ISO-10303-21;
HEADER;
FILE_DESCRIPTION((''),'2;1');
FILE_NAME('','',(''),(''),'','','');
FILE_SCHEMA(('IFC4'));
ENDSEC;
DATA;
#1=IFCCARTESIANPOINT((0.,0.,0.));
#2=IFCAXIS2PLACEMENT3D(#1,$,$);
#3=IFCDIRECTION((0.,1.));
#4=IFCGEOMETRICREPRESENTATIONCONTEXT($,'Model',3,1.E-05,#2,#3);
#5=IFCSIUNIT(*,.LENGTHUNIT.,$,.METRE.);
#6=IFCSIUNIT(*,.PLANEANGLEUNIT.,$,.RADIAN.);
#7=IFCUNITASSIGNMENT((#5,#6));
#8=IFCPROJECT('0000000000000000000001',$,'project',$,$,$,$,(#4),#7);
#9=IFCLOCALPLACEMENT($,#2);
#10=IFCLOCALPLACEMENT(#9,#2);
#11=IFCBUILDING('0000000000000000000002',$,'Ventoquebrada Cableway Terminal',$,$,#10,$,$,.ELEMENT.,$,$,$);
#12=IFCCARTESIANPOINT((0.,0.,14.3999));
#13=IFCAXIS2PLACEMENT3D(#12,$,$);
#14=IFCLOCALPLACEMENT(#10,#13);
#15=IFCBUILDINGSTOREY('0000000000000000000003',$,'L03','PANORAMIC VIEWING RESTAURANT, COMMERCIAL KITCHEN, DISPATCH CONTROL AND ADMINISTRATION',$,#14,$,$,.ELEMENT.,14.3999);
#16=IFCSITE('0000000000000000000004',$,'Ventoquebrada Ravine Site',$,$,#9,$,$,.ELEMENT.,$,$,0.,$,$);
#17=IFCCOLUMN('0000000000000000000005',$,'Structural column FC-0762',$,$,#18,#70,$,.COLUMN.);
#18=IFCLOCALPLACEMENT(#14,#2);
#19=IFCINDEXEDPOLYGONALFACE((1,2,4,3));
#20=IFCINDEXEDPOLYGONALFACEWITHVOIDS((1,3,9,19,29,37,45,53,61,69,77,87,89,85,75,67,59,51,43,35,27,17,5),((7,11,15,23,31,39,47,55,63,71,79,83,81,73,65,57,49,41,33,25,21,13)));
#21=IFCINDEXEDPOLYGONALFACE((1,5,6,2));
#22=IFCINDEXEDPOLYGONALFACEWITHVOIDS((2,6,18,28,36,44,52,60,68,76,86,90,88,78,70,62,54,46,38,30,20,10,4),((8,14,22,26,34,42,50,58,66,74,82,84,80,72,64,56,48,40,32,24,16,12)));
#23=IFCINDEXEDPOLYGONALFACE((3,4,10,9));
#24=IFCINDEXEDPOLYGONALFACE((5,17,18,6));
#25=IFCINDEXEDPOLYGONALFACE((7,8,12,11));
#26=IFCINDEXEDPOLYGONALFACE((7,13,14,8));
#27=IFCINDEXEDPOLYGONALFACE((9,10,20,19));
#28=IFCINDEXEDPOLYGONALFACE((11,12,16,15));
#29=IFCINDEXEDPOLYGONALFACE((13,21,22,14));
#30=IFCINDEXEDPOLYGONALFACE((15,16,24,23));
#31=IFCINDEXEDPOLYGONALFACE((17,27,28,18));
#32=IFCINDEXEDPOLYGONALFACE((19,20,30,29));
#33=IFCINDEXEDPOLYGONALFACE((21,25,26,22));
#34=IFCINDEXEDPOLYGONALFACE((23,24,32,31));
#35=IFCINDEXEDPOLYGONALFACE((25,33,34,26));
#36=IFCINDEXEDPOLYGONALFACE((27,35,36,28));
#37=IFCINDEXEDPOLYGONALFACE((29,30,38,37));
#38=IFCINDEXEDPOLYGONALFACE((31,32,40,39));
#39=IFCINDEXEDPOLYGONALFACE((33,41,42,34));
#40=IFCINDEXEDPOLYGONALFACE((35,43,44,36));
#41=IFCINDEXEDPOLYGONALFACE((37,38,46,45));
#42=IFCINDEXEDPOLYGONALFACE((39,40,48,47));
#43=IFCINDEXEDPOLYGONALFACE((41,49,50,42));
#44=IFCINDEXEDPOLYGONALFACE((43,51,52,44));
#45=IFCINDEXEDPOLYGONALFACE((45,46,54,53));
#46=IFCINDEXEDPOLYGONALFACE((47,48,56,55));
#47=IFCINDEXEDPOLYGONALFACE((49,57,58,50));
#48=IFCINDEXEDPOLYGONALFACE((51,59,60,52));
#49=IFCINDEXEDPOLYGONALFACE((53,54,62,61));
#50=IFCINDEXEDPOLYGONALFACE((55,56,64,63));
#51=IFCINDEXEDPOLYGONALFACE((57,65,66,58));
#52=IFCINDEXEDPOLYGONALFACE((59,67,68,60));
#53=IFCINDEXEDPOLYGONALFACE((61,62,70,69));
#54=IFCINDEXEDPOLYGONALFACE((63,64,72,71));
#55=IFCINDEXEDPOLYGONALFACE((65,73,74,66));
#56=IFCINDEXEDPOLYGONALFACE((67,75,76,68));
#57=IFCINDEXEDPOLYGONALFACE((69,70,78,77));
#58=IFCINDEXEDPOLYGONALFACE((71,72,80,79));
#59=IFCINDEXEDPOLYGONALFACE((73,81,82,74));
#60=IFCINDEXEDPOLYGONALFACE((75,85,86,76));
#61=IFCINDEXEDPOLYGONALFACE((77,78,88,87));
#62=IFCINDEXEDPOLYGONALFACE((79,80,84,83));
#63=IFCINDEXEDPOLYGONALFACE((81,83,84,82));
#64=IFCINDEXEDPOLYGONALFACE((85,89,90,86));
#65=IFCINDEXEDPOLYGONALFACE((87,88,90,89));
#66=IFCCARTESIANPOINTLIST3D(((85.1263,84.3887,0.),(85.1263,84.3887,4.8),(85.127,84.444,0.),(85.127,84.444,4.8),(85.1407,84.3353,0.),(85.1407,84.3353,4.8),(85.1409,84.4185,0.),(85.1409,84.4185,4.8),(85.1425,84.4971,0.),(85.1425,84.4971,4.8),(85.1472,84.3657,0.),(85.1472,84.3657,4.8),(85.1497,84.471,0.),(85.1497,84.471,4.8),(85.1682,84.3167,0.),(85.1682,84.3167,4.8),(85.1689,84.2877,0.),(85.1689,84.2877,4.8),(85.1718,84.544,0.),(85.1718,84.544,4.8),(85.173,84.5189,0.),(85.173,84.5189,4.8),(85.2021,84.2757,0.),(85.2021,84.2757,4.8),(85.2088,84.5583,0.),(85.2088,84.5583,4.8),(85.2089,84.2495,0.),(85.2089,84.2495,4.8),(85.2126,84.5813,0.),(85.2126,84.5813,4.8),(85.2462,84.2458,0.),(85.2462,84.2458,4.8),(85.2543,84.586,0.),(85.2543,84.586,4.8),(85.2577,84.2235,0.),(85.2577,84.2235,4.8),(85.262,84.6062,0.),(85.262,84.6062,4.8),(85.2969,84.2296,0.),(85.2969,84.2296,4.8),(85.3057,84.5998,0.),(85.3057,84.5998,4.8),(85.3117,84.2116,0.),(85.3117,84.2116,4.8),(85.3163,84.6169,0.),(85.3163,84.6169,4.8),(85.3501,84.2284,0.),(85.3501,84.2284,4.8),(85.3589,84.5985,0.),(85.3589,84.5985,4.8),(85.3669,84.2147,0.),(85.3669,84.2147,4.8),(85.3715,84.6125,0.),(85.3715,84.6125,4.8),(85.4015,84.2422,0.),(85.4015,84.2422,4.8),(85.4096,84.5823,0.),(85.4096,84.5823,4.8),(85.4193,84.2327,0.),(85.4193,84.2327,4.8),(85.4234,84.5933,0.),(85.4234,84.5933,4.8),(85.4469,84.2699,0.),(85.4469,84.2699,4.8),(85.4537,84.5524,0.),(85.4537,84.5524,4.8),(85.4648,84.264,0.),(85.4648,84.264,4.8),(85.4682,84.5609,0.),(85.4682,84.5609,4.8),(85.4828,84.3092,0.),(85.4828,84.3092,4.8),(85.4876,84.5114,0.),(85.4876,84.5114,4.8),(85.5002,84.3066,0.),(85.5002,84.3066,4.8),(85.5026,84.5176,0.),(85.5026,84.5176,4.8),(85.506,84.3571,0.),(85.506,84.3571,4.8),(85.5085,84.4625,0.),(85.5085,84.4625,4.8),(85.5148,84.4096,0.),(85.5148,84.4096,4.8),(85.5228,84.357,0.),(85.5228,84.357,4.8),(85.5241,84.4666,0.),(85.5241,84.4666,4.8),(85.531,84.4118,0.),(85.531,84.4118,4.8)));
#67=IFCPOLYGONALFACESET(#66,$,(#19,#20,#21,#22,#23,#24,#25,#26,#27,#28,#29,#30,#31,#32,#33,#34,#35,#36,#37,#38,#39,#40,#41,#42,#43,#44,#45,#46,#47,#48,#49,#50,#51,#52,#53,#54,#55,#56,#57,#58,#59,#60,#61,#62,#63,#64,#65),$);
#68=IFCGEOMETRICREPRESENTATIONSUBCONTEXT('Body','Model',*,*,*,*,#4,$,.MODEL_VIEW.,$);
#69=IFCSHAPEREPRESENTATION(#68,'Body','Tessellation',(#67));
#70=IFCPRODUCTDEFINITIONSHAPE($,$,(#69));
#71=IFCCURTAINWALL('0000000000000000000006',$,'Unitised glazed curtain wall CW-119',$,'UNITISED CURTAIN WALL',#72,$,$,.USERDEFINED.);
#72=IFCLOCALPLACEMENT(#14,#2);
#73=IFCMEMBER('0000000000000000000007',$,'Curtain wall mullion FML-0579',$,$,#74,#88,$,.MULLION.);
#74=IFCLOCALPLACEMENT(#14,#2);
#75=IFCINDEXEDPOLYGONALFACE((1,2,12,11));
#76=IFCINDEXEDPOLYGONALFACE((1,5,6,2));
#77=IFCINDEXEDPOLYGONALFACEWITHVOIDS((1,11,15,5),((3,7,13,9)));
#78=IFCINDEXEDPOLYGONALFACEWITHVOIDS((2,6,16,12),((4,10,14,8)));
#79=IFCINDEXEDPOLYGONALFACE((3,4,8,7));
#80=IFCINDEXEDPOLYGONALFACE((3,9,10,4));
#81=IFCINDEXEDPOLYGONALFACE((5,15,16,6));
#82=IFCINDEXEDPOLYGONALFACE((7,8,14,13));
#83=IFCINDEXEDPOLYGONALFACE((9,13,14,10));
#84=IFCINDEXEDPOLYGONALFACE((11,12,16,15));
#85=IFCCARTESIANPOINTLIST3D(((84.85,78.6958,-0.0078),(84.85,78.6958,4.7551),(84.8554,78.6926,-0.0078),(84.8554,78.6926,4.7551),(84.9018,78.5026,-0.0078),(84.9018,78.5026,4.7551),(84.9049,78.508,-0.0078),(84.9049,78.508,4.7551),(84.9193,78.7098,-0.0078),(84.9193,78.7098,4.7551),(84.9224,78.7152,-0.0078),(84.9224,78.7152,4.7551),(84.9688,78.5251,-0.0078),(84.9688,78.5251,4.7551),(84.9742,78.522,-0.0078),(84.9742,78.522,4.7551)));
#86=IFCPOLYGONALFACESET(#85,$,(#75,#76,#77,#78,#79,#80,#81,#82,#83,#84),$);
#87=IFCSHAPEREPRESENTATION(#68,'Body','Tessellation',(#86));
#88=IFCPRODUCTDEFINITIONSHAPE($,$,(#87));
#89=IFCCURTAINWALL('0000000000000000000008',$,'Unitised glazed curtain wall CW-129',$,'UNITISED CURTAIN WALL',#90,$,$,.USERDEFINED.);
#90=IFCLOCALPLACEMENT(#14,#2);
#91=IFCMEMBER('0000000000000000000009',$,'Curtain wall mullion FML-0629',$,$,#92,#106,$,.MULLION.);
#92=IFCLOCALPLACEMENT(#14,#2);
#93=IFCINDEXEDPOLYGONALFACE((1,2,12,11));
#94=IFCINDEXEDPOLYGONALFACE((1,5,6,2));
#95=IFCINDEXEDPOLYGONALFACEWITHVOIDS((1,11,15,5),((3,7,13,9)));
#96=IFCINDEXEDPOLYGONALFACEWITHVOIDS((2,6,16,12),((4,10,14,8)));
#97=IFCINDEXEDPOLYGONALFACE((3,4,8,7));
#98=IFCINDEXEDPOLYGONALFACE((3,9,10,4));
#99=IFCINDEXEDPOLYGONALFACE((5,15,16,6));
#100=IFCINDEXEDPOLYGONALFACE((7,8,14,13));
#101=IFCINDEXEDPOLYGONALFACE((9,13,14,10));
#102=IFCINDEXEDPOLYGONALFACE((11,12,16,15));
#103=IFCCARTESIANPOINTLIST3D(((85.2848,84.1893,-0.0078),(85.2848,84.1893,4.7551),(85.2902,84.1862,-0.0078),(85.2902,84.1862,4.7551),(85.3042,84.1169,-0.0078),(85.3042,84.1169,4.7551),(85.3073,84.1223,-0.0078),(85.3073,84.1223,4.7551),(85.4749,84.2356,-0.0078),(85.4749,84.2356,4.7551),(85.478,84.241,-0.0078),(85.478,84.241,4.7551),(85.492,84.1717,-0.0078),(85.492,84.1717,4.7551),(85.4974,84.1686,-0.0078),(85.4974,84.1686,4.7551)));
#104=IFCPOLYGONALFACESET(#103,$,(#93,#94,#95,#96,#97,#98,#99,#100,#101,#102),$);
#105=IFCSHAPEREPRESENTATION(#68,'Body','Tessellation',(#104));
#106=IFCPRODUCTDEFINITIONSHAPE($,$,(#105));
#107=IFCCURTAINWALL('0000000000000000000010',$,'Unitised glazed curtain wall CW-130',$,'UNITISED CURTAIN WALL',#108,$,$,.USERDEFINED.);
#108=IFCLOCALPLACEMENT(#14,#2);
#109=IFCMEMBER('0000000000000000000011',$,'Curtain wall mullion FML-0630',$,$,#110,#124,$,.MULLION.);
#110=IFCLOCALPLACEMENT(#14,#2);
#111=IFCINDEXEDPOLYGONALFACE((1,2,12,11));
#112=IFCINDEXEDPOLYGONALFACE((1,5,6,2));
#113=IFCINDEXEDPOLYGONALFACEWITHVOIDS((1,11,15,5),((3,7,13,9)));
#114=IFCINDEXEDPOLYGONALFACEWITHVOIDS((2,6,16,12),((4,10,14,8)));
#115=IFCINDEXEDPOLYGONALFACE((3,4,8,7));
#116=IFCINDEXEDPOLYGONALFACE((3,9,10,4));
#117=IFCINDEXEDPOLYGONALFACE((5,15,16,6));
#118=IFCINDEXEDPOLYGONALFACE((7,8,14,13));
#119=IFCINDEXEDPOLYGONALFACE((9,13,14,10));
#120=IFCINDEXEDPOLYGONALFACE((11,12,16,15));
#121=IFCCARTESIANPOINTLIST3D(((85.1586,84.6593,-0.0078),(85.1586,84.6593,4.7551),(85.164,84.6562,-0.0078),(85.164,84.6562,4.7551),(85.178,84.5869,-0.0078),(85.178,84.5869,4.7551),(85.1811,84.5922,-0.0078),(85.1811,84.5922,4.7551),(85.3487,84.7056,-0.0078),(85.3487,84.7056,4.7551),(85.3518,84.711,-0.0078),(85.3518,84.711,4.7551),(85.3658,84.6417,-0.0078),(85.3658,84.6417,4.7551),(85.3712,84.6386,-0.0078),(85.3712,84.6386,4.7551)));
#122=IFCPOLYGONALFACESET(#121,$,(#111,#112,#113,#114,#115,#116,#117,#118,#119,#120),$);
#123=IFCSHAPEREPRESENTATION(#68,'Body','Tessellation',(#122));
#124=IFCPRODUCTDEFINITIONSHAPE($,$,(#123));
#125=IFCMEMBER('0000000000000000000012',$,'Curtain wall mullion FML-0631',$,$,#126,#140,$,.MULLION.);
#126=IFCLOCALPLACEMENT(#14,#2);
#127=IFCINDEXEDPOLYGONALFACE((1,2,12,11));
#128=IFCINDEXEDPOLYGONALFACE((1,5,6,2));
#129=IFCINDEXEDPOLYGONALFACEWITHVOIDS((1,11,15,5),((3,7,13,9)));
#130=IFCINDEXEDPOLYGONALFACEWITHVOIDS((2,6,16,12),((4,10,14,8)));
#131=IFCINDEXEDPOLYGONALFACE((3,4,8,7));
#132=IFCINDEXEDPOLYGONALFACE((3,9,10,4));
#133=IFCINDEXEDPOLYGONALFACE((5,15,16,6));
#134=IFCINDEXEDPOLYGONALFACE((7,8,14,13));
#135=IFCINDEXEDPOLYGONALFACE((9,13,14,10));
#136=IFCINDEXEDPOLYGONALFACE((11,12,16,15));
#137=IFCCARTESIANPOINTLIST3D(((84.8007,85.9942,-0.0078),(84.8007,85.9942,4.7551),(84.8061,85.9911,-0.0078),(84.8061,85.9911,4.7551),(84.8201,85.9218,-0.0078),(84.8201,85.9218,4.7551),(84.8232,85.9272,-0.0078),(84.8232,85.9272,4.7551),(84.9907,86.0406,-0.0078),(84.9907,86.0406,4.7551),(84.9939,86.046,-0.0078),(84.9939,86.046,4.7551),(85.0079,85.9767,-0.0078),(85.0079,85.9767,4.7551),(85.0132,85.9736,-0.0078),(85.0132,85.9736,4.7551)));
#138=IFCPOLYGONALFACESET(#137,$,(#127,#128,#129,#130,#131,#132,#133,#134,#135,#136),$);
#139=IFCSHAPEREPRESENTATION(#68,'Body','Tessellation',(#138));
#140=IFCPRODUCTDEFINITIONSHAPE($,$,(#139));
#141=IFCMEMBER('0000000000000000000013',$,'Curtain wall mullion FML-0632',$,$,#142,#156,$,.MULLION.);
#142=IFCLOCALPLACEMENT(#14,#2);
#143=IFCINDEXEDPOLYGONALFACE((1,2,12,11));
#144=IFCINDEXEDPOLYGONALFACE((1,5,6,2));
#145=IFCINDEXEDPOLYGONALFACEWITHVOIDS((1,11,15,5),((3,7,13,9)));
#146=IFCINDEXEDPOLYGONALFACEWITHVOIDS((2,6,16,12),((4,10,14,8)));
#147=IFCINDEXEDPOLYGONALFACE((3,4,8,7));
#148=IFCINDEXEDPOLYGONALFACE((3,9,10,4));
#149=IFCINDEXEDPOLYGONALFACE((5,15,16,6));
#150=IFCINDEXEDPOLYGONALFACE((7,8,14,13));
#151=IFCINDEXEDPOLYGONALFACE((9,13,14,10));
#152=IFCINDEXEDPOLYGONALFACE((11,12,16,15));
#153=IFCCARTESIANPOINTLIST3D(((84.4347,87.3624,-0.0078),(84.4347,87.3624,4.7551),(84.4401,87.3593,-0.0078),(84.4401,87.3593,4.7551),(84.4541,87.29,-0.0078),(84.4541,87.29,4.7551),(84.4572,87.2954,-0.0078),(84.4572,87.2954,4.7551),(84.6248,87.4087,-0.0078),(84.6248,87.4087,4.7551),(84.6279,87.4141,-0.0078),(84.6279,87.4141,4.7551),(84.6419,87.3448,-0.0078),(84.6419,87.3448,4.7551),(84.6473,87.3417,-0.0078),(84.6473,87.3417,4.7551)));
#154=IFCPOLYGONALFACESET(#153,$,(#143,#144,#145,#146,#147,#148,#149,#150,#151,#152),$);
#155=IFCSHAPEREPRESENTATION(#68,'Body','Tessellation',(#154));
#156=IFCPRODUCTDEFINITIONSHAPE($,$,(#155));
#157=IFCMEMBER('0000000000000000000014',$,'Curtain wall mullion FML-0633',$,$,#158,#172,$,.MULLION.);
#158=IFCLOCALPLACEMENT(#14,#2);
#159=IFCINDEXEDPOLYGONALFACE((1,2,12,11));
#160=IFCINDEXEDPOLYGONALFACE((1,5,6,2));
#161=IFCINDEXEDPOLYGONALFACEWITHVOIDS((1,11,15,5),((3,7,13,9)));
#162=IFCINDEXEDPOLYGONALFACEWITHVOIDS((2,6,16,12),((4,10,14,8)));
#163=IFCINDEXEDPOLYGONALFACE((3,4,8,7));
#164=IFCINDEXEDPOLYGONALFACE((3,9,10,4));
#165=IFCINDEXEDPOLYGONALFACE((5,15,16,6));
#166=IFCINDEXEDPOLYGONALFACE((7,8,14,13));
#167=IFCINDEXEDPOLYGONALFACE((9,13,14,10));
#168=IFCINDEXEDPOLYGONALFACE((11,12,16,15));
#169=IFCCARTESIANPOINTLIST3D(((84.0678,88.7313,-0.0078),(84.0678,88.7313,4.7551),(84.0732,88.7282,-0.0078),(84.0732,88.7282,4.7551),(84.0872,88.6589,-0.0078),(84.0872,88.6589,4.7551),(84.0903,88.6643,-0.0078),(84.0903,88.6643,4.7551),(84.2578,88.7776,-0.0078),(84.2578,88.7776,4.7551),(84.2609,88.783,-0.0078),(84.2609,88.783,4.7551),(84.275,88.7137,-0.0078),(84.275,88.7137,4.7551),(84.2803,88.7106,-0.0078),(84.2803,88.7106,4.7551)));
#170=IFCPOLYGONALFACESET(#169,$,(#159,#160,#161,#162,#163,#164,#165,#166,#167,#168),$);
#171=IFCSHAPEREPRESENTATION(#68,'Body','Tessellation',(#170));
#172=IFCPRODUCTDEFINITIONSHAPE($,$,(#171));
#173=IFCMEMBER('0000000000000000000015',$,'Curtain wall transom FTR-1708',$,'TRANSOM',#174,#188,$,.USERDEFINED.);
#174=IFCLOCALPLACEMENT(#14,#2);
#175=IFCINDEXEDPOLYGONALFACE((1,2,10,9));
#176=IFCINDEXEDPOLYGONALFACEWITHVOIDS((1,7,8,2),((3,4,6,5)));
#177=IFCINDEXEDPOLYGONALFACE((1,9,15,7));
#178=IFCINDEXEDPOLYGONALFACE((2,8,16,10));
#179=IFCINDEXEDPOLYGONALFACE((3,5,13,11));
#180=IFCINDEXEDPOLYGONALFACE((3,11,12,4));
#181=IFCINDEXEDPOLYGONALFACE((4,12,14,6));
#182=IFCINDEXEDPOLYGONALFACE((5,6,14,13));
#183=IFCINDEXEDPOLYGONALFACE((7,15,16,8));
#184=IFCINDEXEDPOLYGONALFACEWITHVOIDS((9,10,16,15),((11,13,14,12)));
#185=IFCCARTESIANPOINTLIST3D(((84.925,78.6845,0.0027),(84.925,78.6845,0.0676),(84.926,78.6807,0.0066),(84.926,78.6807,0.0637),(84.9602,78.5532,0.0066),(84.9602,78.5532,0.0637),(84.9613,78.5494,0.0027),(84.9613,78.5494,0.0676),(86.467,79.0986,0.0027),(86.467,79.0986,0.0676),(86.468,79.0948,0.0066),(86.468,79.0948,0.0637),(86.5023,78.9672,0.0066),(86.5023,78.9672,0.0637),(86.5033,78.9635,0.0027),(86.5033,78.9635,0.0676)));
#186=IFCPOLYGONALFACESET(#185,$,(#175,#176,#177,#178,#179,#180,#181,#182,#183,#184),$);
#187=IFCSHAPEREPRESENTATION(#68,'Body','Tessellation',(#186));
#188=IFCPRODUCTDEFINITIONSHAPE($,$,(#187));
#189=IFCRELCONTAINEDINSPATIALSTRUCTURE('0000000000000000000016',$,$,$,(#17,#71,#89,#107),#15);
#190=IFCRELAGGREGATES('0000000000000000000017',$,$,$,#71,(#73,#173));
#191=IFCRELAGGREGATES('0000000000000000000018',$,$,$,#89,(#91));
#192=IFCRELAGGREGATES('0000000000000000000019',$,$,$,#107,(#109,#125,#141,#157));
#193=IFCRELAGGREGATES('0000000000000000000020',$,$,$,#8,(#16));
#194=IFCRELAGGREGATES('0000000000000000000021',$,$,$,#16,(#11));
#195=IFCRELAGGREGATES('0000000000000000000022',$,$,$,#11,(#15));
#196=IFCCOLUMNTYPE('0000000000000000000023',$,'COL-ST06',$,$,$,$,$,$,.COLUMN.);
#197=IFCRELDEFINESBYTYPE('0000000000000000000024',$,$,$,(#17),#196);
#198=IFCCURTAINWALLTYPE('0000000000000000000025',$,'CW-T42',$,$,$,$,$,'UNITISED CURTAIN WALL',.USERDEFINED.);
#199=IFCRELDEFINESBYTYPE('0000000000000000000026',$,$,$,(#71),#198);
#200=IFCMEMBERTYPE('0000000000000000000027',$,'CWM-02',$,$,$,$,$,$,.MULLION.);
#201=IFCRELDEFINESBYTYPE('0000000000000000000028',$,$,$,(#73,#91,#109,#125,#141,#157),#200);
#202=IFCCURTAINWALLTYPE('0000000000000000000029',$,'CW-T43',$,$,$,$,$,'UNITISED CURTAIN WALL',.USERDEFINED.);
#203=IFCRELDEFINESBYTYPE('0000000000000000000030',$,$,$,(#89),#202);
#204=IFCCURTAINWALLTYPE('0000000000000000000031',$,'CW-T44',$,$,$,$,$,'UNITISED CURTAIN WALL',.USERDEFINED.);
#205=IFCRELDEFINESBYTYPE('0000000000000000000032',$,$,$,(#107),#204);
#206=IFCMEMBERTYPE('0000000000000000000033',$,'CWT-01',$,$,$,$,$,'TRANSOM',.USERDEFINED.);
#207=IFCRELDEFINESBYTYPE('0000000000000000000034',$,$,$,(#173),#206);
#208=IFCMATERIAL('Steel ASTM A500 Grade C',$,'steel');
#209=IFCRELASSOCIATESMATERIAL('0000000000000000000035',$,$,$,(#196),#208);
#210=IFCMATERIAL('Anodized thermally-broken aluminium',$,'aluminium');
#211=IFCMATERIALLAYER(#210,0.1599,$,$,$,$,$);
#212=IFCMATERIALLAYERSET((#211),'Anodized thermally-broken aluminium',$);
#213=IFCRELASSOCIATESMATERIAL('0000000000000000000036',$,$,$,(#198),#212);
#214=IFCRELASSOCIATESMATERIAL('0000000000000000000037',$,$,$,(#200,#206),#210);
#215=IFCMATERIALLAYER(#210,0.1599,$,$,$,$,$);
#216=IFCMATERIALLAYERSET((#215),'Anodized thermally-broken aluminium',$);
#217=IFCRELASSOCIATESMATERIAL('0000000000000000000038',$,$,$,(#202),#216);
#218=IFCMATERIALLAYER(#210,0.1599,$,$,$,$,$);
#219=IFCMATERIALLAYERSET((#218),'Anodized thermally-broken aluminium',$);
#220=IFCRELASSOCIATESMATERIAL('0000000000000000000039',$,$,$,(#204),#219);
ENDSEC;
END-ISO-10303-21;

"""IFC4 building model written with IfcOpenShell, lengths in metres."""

from ifc_helpers import new_model, si_unit, direction, frame, origin, origin_2d, place, context, subcontext, project, spatial, hollow_rectangle, hollow_circle, extrude, material, layer, layer_set, material_profile, profile_set, type_object, element, aggregate, save


model = new_model("IFC4")

# Units and contexts
model_context = context("Model", 3, precision=1e-05, world=origin(), true_north=direction((0.0, 1.0)))
body_context = subcontext(model_context, "Body", "Model", "MODEL_VIEW")
ifc_project = project(units=[si_unit("LENGTHUNIT", "METRE"), si_unit("PLANEANGLEUNIT", "RADIAN")], contexts=[model_context])

# Site, building, storey
site_placement = place(None, origin())
site = spatial("IfcSite", under=ifc_project, at=site_placement, Name="Ventoquebrada Ravine Site", CompositionType="ELEMENT", RefElevation=0.0)
building_placement = place(site_placement, origin())
building = spatial("IfcBuilding", under=site, at=building_placement, Name="Ventoquebrada Cableway Terminal", CompositionType="ELEMENT")
storey_placement = place(building_placement, frame((0.0, 0.0, 14.3999)))
storey = spatial("IfcBuildingStorey", under=building, at=storey_placement, Name="L03", Description="PANORAMIC VIEWING RESTAURANT, COMMERCIAL KITCHEN, DISPATCH CONTROL AND ADMINISTRATION", CompositionType="ELEMENT", Elevation=14.3999)

# Column
ifc_material_1 = material(Name="Steel ASTM A500 Grade C", Category="steel")
ifc_material_profile_1 = material_profile(ifc_material_1, hollow_circle(Radius=0.2031, WallThickness=0.0161, at=origin_2d()), Name="CHS406.4X16")
ifc_profile_set_1 = profile_set([ifc_material_profile_1], Name="Steel ASTM A500 Grade C")
column_type = type_object("IfcColumnType", Name="COL-ST06", PredefinedType="COLUMN", material=ifc_profile_set_1)
column_placement = place(storey_placement, frame((85.3279, 84.4141, 0.0), z_axis=(0.0, 0.0, 1.0), x_axis=(0.965926, 0.258819, 0.0)))
element("IfcColumn", 1, at=column_placement, inside=storey, type_object=column_type, Name="Structural column FC-0762", PredefinedType="COLUMN", context=body_context, shape_type="SweptSolid", body=[
    extrude(hollow_circle(Radius=0.2031, WallThickness=0.0161, at=origin_2d()), origin(), (0.0, 0.0, 1.0), 4.8),
])

# Curtain walls, members
ifc_material_2 = material(Name="Anodized thermally-broken aluminium", Category="aluminium")
ifc_layer_1 = layer(ifc_material_2, 0.1599)
ifc_layer_set_1 = layer_set([ifc_layer_1], Name="Anodized thermally-broken aluminium")
curtain_wall_type_1 = type_object("IfcCurtainWallType", Name="CW-T42", ElementType="UNITISED CURTAIN WALL", PredefinedType="USERDEFINED", material=ifc_layer_set_1)
curtain_wall_1_placement = place(storey_placement, origin())
curtain_wall_1 = element("IfcCurtainWall", 2, at=curtain_wall_1_placement, inside=storey, type_object=curtain_wall_type_1, Name="Unitised glazed curtain wall CW-119", ObjectType="UNITISED CURTAIN WALL", PredefinedType="USERDEFINED")
ifc_material_profile_2 = material_profile(ifc_material_2, hollow_rectangle(XDim=0.075, YDim=0.2, WallThickness=0.0044, at=origin_2d()), Name="CW-MUL-75X200")
ifc_profile_set_2 = profile_set([ifc_material_profile_2], Name="Anodized thermally-broken aluminium")
member_type_1 = type_object("IfcMemberType", Name="CWM-02", PredefinedType="MULLION", material=ifc_profile_set_2)
member_1_placement = place(storey_placement, frame((84.9121, 78.6089, -0.0078), z_axis=(0.0, 0.0, 1.0), x_axis=(0.965912, 0.25887, 0.0)))
member_1 = element("IfcMember", 3, at=member_1_placement, type_object=member_type_1, Name="Curtain wall mullion FML-0579", PredefinedType="MULLION", context=body_context, shape_type="SweptSolid", body=[
    extrude(hollow_rectangle(XDim=0.075, YDim=0.2, WallThickness=0.0044, at=origin_2d()), origin(), (0.0, 0.0, 1.0), 4.7629),
])
ifc_layer_2 = layer(ifc_material_2, 0.1599)
ifc_layer_set_2 = layer_set([ifc_layer_2], Name="Anodized thermally-broken aluminium")
curtain_wall_type_2 = type_object("IfcCurtainWallType", Name="CW-T43", ElementType="UNITISED CURTAIN WALL", PredefinedType="USERDEFINED", material=ifc_layer_set_2)
curtain_wall_2_placement = place(storey_placement, origin())
curtain_wall_2 = element("IfcCurtainWall", 4, at=curtain_wall_2_placement, inside=storey, type_object=curtain_wall_type_2, Name="Unitised glazed curtain wall CW-129", ObjectType="UNITISED CURTAIN WALL", PredefinedType="USERDEFINED")
member_2_placement = place(storey_placement, frame((85.3911, 84.179, -0.0078), z_axis=(0.0, 0.0, 1.0), x_axis=(-0.258701, 0.965957, 0.0)))
member_2 = element("IfcMember", 5, at=member_2_placement, type_object=member_type_1, Name="Curtain wall mullion FML-0629", PredefinedType="MULLION", context=body_context, shape_type="SweptSolid", body=[
    extrude(hollow_rectangle(XDim=0.075, YDim=0.2, WallThickness=0.0044, at=origin_2d()), origin(), (0.0, 0.0, 1.0), 4.7629),
])

# Curtain wall, members
ifc_layer_3 = layer(ifc_material_2, 0.1599)
ifc_layer_set_3 = layer_set([ifc_layer_3], Name="Anodized thermally-broken aluminium")
curtain_wall_type_3 = type_object("IfcCurtainWallType", Name="CW-T44", ElementType="UNITISED CURTAIN WALL", PredefinedType="USERDEFINED", material=ifc_layer_set_3)
curtain_wall_3_placement = place(storey_placement, origin())
curtain_wall_3 = element("IfcCurtainWall", 6, at=curtain_wall_3_placement, inside=storey, type_object=curtain_wall_type_3, Name="Unitised glazed curtain wall CW-130", ObjectType="UNITISED CURTAIN WALL", PredefinedType="USERDEFINED")
member_3_placement = place(storey_placement, frame((85.2649, 84.6489, -0.0078), z_axis=(0.0, 0.0, 1.0), x_axis=(-0.258735, 0.965948, 0.0)))
member_3 = element("IfcMember", 7, at=member_3_placement, type_object=member_type_1, Name="Curtain wall mullion FML-0630", PredefinedType="MULLION", context=body_context, shape_type="SweptSolid", body=[
    extrude(hollow_rectangle(XDim=0.075, YDim=0.2, WallThickness=0.0044, at=origin_2d()), origin(), (0.0, 0.0, 1.0), 4.7629),
])
member_4_placement = place(storey_placement, frame((84.907, 85.9839, -0.0078), z_axis=(0.0, 0.0, 1.0), x_axis=(-0.258735, 0.965948, 0.0)))
member_4 = element("IfcMember", 8, at=member_4_placement, type_object=member_type_1, Name="Curtain wall mullion FML-0631", PredefinedType="MULLION", context=body_context, shape_type="SweptSolid", body=[
    extrude(hollow_rectangle(XDim=0.075, YDim=0.2, WallThickness=0.0044, at=origin_2d()), origin(), (0.0, 0.0, 1.0), 4.7629),
])
member_5_placement = place(storey_placement, frame((84.541, 87.3521, -0.0078), z_axis=(0.0, 0.0, 1.0), x_axis=(-0.258735, 0.965948, 0.0)))
member_5 = element("IfcMember", 9, at=member_5_placement, type_object=member_type_1, Name="Curtain wall mullion FML-0632", PredefinedType="MULLION", context=body_context, shape_type="SweptSolid", body=[
    extrude(hollow_rectangle(XDim=0.075, YDim=0.2, WallThickness=0.0044, at=origin_2d()), origin(), (0.0, 0.0, 1.0), 4.7629),
])
member_6_placement = place(storey_placement, frame((84.1741, 88.7209, -0.0078), z_axis=(0.0, 0.0, 1.0), x_axis=(-0.258735, 0.965948, 0.0)))
member_6 = element("IfcMember", 10, at=member_6_placement, type_object=member_type_1, Name="Curtain wall mullion FML-0633", PredefinedType="MULLION", context=body_context, shape_type="SweptSolid", body=[
    extrude(hollow_rectangle(XDim=0.075, YDim=0.2, WallThickness=0.0044, at=origin_2d()), origin(), (0.0, 0.0, 1.0), 4.7629),
])

# Member
ifc_material_profile_3 = material_profile(ifc_material_2, hollow_rectangle(XDim=0.0649, YDim=0.1399, WallThickness=0.0039, at=origin_2d()), Name="CW-TRN-65X140")
ifc_profile_set_3 = profile_set([ifc_material_profile_3], Name="Anodized thermally-broken aluminium")
member_type_2 = type_object("IfcMemberType", Name="CWT-01", ElementType="TRANSOM", PredefinedType="USERDEFINED", material=ifc_profile_set_3)
member_7_placement = place(storey_placement, frame((84.9431, 78.6169, 0.0352), z_axis=(0.965787, 0.259337, 0.0), x_axis=(0.0, 0.0, 1.0)))
member_7 = element("IfcMember", 11, at=member_7_placement, type_object=member_type_2, Name="Curtain wall transom FTR-1708", ObjectType="TRANSOM", PredefinedType="USERDEFINED", context=body_context, shape_type="SweptSolid", body=[
    extrude(hollow_rectangle(XDim=0.0649, YDim=0.1399, WallThickness=0.0039, at=origin_2d()), origin(), (0.0, 0.0, 1.0), 1.5967),
])

aggregate(curtain_wall_1, [member_1, member_7])
aggregate(curtain_wall_2, [member_2])
aggregate(curtain_wall_3, [member_3, member_4, member_5, member_6])

save(model, "model.ifc")
